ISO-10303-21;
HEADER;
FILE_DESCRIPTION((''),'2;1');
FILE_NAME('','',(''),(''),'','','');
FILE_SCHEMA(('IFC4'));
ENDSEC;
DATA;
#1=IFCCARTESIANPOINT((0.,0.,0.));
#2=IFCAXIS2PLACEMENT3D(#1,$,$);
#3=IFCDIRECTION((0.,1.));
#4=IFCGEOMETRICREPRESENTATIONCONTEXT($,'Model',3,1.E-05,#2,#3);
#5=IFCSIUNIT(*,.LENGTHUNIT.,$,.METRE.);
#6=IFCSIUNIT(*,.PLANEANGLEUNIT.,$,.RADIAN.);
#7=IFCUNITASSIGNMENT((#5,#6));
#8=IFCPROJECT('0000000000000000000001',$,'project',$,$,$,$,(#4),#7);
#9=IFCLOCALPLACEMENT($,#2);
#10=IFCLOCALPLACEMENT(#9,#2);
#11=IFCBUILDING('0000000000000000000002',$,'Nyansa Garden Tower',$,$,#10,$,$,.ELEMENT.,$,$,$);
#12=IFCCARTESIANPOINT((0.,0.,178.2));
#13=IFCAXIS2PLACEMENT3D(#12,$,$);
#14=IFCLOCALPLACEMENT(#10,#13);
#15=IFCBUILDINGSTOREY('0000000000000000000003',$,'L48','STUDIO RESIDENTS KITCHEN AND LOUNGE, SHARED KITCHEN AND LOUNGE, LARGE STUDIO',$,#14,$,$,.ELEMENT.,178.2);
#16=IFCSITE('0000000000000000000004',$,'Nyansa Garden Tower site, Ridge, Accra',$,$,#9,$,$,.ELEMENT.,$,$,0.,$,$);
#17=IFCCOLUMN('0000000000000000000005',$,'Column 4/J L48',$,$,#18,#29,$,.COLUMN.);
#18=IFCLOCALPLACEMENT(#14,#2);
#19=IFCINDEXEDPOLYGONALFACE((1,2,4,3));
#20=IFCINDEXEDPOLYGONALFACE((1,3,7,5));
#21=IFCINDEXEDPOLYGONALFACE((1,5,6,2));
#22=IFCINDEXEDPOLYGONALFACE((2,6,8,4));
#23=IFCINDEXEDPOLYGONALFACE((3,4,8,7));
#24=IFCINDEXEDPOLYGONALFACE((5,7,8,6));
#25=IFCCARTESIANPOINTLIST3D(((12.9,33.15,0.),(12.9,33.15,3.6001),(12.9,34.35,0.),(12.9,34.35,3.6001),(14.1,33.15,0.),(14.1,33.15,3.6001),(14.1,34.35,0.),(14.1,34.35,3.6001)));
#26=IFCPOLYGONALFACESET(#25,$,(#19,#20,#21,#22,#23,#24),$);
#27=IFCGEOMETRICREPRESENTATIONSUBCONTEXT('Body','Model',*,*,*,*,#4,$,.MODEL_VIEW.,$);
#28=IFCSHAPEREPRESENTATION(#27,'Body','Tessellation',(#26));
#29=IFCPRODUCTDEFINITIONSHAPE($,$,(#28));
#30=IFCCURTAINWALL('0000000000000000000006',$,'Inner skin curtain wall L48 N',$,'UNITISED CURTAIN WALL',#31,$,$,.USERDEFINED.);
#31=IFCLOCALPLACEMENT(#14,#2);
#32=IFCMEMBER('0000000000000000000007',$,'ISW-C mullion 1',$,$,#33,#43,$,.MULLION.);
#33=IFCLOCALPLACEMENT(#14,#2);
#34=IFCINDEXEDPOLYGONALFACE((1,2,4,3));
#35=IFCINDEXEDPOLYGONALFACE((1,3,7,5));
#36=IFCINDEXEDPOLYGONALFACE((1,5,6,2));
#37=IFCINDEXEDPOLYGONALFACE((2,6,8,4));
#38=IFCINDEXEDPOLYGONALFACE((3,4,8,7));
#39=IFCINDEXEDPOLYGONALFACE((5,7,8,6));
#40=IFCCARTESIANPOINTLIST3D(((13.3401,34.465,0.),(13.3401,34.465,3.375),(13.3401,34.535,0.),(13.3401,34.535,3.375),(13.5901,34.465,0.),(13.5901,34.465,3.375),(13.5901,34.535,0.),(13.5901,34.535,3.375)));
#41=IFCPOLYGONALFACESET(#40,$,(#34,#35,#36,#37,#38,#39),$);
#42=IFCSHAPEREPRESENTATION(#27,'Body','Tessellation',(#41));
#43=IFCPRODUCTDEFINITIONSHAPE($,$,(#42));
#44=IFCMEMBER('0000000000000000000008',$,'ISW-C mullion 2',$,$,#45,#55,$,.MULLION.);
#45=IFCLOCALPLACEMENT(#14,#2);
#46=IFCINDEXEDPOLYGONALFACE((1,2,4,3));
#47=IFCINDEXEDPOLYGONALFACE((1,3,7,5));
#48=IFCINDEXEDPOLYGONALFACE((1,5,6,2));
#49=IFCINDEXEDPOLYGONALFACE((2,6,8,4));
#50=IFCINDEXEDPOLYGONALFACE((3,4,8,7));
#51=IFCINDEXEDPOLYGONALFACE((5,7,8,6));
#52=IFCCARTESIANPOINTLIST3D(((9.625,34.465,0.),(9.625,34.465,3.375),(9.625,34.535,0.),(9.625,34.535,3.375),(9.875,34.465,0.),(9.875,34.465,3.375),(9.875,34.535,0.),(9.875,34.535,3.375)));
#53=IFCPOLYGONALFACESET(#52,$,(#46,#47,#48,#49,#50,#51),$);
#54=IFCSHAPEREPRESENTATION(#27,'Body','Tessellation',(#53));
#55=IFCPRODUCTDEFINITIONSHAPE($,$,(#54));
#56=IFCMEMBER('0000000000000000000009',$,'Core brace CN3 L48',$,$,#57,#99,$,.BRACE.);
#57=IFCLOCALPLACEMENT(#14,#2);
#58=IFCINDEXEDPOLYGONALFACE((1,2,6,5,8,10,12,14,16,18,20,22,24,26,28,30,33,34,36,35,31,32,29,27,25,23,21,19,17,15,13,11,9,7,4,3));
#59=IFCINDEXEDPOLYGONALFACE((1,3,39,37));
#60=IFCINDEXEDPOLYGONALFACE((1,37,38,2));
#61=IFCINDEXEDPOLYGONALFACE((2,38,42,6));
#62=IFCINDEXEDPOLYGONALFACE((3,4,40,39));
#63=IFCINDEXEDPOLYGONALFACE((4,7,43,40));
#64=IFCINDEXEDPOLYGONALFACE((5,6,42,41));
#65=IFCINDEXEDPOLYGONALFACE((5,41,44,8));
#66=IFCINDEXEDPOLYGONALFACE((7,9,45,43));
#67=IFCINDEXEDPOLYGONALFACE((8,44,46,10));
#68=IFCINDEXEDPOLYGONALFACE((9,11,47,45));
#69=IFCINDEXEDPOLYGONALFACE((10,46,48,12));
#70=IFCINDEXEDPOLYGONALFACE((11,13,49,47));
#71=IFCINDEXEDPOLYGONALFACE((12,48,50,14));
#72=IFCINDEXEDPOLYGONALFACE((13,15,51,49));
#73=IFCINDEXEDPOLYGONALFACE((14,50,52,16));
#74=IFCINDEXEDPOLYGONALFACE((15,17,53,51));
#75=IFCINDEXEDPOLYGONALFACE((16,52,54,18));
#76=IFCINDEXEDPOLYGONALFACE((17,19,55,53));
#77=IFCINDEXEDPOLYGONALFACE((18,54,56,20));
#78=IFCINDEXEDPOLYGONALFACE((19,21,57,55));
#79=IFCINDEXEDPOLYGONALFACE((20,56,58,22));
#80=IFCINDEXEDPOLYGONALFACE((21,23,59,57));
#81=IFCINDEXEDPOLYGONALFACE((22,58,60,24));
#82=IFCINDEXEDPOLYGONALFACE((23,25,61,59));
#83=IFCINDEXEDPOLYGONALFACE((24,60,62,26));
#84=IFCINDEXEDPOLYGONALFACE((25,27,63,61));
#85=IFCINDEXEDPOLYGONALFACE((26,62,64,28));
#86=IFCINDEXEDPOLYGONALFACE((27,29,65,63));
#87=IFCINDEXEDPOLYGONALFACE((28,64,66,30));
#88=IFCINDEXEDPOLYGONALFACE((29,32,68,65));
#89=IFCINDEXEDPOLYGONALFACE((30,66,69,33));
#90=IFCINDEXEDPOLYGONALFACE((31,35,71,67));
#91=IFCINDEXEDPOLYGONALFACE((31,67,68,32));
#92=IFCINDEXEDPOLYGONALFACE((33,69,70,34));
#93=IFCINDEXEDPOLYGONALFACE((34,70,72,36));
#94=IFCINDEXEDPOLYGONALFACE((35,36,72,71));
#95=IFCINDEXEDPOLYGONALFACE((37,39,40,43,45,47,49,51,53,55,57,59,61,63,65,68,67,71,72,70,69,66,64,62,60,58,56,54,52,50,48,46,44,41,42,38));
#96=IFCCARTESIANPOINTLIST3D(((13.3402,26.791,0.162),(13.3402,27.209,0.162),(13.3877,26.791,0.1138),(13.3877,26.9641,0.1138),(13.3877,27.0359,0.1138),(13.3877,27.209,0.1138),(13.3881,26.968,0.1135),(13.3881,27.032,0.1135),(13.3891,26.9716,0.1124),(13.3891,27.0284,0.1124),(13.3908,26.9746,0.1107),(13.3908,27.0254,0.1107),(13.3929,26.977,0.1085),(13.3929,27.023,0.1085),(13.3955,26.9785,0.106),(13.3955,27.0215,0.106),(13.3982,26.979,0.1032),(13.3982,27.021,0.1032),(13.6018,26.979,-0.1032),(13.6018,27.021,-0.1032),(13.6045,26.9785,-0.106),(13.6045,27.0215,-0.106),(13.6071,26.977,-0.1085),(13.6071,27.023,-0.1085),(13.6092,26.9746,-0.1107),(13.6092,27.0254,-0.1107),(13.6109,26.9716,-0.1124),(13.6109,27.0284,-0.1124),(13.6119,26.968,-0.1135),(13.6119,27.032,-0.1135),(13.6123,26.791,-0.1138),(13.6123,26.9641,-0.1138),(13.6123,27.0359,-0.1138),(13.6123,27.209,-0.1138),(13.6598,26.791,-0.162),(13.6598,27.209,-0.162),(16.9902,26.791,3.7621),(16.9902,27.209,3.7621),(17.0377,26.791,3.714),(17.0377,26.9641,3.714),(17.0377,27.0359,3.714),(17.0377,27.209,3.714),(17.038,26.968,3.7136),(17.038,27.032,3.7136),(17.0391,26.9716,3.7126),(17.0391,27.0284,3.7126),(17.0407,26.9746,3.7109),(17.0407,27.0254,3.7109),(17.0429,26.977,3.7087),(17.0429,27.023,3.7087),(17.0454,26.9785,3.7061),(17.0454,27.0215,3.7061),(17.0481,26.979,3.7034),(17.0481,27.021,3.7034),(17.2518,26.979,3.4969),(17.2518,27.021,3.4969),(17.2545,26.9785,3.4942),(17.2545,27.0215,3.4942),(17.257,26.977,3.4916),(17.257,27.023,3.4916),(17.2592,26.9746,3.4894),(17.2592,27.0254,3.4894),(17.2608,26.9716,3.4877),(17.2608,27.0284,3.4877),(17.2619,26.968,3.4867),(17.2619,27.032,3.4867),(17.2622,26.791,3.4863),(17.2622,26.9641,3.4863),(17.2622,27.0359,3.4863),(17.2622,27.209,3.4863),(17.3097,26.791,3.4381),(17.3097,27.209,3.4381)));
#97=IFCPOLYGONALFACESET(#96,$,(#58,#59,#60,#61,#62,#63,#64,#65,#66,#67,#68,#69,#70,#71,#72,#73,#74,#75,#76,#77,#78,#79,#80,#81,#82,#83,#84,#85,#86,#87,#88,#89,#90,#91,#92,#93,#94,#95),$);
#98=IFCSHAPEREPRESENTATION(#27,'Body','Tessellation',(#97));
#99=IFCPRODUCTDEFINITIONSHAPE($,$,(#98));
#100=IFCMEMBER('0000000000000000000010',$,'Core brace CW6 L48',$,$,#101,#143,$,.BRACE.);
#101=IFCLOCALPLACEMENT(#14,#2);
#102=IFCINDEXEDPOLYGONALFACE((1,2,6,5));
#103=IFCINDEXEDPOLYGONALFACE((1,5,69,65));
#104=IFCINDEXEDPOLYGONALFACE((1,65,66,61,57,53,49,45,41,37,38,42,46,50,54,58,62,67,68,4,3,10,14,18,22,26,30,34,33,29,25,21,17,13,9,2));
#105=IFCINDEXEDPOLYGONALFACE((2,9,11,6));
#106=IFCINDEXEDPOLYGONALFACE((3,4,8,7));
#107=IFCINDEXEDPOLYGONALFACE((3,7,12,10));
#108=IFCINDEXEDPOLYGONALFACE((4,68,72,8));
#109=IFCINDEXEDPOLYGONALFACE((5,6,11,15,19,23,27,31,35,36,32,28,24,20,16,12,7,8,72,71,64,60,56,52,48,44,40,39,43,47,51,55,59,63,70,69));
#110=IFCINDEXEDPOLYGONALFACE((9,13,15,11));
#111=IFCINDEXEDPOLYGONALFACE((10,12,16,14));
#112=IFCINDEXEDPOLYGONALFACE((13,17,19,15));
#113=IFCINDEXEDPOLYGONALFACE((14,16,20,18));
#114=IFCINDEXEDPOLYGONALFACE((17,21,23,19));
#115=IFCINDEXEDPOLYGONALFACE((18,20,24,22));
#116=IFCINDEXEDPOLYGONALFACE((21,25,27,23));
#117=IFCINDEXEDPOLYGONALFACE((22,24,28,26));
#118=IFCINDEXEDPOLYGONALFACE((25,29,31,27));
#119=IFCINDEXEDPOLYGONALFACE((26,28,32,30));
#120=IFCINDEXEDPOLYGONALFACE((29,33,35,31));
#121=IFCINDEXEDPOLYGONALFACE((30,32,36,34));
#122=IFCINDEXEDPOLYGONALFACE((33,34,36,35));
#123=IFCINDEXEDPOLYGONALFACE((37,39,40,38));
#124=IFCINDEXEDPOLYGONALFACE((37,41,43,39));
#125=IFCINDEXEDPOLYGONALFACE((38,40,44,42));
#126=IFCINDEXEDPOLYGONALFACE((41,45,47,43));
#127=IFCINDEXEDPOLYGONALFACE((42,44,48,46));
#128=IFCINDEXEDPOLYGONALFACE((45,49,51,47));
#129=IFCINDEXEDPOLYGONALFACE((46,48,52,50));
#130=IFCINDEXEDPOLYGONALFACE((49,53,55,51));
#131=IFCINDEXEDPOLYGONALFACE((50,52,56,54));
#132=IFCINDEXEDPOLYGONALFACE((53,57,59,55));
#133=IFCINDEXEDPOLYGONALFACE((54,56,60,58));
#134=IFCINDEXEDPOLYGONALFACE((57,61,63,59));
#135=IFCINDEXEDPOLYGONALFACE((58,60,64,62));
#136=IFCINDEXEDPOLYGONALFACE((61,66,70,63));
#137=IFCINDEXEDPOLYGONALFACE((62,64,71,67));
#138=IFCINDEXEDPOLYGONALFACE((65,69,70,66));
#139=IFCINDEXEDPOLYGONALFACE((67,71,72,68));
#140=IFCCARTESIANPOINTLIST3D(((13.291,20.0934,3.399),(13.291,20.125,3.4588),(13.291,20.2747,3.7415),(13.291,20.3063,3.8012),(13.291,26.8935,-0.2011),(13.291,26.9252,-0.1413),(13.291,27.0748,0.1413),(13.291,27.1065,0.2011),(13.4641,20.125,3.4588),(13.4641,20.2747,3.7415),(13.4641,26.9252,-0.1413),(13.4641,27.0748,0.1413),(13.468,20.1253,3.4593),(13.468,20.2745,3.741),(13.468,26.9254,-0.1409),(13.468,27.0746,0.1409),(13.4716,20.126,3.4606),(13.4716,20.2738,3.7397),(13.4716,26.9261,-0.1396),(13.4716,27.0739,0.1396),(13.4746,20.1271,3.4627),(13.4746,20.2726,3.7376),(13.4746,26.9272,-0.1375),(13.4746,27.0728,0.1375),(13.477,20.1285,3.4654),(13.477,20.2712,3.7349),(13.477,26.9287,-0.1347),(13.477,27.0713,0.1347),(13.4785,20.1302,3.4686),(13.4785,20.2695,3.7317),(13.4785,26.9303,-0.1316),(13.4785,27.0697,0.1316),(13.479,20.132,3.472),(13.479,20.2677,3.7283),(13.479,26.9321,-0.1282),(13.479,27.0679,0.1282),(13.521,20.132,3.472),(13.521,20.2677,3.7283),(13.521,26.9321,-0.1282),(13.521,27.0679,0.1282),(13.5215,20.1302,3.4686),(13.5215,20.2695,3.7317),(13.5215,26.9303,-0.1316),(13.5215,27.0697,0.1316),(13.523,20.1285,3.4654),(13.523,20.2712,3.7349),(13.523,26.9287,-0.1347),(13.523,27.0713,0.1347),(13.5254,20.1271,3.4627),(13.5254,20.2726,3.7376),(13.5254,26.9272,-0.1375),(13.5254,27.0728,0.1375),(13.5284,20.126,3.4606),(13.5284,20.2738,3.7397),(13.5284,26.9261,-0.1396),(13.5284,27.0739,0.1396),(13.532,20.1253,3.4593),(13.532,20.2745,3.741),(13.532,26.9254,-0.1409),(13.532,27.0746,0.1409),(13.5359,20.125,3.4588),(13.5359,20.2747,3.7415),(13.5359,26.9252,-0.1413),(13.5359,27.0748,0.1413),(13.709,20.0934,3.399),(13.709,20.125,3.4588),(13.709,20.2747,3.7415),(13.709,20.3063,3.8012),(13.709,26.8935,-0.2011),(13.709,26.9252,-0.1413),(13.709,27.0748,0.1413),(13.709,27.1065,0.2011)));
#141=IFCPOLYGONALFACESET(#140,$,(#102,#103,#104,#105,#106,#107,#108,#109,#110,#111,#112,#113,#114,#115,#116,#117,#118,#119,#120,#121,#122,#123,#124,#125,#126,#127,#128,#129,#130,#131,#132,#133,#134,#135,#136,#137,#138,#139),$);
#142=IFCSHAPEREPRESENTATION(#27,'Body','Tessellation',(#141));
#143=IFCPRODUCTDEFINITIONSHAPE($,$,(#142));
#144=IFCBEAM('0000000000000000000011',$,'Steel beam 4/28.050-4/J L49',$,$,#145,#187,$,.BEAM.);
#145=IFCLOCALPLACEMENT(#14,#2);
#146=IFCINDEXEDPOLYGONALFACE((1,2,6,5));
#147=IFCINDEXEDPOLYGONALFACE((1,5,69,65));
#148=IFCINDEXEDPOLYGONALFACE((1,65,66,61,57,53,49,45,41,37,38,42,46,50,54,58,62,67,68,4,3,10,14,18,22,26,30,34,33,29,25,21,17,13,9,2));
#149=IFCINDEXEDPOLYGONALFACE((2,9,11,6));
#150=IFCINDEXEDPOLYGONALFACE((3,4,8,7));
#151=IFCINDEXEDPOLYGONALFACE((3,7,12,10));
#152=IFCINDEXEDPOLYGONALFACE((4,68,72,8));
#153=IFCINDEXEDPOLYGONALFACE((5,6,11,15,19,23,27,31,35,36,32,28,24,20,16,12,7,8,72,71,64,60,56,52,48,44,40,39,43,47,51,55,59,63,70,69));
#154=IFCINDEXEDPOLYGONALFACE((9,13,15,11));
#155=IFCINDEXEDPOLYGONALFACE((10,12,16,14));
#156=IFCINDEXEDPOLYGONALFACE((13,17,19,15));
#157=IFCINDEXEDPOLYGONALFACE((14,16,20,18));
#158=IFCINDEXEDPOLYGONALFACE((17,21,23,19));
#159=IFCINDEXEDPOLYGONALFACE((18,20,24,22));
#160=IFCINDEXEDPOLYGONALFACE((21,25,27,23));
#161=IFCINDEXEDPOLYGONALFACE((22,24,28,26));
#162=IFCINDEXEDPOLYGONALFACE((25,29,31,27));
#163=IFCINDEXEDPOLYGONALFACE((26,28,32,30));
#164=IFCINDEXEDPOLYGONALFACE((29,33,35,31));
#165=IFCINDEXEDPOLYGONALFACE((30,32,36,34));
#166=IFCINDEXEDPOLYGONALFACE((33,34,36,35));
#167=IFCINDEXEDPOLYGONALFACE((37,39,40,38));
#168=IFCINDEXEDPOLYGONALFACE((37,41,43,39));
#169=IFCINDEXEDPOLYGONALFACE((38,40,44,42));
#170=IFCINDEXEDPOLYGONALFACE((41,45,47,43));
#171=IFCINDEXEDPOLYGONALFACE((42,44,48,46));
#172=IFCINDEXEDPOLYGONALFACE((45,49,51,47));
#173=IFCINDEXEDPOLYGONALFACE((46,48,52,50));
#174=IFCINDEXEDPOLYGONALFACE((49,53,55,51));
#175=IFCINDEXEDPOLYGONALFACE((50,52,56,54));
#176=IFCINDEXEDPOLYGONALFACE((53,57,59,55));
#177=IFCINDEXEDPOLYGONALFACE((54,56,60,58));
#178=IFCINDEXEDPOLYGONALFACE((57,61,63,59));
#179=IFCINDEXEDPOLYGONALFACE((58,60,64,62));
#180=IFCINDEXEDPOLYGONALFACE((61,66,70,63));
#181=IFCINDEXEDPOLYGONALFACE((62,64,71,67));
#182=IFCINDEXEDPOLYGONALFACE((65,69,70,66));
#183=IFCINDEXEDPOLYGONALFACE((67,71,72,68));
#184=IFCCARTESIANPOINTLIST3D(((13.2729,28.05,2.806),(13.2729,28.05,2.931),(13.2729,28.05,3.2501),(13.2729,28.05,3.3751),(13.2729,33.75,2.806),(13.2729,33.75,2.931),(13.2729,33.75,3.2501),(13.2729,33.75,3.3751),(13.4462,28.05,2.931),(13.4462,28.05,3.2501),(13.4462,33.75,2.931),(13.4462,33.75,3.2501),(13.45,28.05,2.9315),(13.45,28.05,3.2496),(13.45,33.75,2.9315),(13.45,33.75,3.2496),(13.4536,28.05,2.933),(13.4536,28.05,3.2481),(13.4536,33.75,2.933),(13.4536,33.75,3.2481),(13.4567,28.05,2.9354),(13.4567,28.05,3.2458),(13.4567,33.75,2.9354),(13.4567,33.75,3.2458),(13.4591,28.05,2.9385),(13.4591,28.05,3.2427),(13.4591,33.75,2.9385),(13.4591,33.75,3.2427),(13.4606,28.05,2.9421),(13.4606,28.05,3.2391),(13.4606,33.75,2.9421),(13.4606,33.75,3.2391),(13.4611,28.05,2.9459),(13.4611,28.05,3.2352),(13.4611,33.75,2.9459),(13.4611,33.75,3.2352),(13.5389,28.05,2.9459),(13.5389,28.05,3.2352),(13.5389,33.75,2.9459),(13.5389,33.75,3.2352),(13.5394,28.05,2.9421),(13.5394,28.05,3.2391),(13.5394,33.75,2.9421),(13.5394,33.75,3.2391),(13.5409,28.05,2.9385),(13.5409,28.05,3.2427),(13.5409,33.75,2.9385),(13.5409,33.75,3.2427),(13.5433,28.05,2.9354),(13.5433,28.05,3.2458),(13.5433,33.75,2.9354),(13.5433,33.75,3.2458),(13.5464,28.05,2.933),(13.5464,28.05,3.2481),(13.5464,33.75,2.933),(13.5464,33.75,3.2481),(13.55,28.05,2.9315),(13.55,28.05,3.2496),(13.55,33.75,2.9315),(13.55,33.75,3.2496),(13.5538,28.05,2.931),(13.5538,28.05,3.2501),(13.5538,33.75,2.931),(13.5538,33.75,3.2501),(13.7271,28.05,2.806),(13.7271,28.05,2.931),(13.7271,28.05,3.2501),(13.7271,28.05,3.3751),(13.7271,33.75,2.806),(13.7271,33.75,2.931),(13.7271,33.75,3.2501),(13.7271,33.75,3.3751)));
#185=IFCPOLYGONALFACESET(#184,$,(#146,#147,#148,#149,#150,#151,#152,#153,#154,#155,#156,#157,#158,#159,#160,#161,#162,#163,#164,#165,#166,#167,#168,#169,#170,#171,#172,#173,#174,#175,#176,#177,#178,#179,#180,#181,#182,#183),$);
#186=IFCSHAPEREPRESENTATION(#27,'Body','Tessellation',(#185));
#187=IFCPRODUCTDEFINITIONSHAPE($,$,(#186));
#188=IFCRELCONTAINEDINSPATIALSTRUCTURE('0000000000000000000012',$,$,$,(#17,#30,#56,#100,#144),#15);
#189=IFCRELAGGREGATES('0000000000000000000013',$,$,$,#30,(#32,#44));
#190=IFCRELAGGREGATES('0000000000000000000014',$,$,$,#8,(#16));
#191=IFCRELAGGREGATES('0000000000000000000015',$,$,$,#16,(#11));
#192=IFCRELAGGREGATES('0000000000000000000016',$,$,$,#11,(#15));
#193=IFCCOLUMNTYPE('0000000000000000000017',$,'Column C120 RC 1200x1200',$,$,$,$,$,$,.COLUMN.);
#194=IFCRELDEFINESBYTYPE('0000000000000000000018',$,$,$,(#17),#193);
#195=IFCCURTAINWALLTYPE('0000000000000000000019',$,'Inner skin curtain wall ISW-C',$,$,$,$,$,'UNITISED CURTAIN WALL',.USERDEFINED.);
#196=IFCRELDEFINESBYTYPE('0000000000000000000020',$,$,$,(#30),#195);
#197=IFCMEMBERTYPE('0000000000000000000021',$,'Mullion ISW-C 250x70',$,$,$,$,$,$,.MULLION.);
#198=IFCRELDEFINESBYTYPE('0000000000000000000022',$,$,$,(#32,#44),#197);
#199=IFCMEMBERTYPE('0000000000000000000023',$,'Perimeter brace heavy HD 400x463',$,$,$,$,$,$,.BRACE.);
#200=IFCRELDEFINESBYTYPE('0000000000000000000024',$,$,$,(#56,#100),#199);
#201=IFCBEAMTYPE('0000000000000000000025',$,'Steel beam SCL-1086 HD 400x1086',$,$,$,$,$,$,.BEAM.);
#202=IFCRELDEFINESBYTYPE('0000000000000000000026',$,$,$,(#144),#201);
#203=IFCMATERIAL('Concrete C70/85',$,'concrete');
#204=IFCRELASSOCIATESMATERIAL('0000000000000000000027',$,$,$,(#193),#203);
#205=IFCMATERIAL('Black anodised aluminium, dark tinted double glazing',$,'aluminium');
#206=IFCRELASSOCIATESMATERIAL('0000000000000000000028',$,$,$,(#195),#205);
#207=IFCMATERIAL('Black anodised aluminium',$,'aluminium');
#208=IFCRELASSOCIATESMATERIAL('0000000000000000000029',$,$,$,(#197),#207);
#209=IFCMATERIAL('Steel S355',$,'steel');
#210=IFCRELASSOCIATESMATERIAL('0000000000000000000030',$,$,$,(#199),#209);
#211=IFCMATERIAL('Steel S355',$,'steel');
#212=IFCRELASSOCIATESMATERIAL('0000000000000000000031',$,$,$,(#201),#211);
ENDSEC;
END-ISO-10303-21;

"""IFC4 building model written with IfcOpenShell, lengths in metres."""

from ifc_helpers import new_model, si_unit, direction, frame, origin, origin_2d, place, context, subcontext, project, spatial, rectangle, i_section, extrude, material, material_profile, profile_set, type_object, element, aggregate, save


model = new_model("IFC4")

# Units and contexts
model_context = context("Model", 3, precision=1e-05, world=origin(), true_north=direction((0.0, 1.0)))
body_context = subcontext(model_context, "Body", "Model", "MODEL_VIEW")
ifc_project = project(units=[si_unit("LENGTHUNIT", "METRE"), si_unit("PLANEANGLEUNIT", "RADIAN")], contexts=[model_context])

# Site, building, storey
site_placement = place(None, origin())
site = spatial("IfcSite", under=ifc_project, at=site_placement, Name="Nyansa Garden Tower site, Ridge, Accra", CompositionType="ELEMENT", RefElevation=0.0)
building_placement = place(site_placement, origin())
building = spatial("IfcBuilding", under=site, at=building_placement, Name="Nyansa Garden Tower", CompositionType="ELEMENT")
storey_placement = place(building_placement, frame((0.0, 0.0, 178.2)))
storey = spatial("IfcBuildingStorey", under=building, at=storey_placement, Name="L48", Description="STUDIO RESIDENTS KITCHEN AND LOUNGE, SHARED KITCHEN AND LOUNGE, LARGE STUDIO", CompositionType="ELEMENT", Elevation=178.2)

# Column
ifc_material_1 = material(Name="Concrete C70/85", Category="concrete")
ifc_material_profile_1 = material_profile(ifc_material_1, rectangle(XDim=1.2, YDim=1.2, at=origin_2d()), Name="RC 1200x1200")
ifc_profile_set_1 = profile_set([ifc_material_profile_1], Name="Concrete C70/85")
column_type = type_object("IfcColumnType", Name="Column C120 RC 1200x1200", PredefinedType="COLUMN", material=ifc_profile_set_1)
column_placement = place(storey_placement, frame((13.5, 33.75, 0.0), z_axis=(0.0, 0.0, 1.0), x_axis=(1.0, 0.0, 0.0)))
element("IfcColumn", 1, at=column_placement, inside=storey, type_object=column_type, Name="Column 4/J L48", PredefinedType="COLUMN", context=body_context, shape_type="SweptSolid", body=[
    extrude(rectangle(XDim=1.2, YDim=1.2, at=origin_2d()), origin(), (0.0, 0.0, 1.0), 3.6001),
])

# Curtain wall, members
ifc_material_2 = material(Name="Black anodised aluminium, dark tinted double glazing", Category="aluminium")
curtain_wall_type = type_object("IfcCurtainWallType", Name="Inner skin curtain wall ISW-C", ElementType="UNITISED CURTAIN WALL", PredefinedType="USERDEFINED", material=ifc_material_2)
curtain_wall_placement = place(storey_placement, origin())
curtain_wall = element("IfcCurtainWall", 2, at=curtain_wall_placement, inside=storey, type_object=curtain_wall_type, Name="Inner skin curtain wall L48 N", ObjectType="UNITISED CURTAIN WALL", PredefinedType="USERDEFINED")
ifc_material_3 = material(Name="Black anodised aluminium", Category="aluminium")
ifc_material_profile_2 = material_profile(ifc_material_3, rectangle(XDim=0.0701, YDim=0.25, at=origin_2d()), Name="Mullion 250x70")
ifc_profile_set_2 = profile_set([ifc_material_profile_2], Name="Black anodised aluminium")
member_type_1 = type_object("IfcMemberType", Name="Mullion ISW-C 250x70", PredefinedType="MULLION", material=ifc_profile_set_2)
member_1_placement = place(storey_placement, frame((13.4651, 34.5, 0.0), z_axis=(0.0, 0.0, 1.0), x_axis=(0.0, -1.0, 0.0)))
member_1 = element("IfcMember", 3, at=member_1_placement, type_object=member_type_1, Name="ISW-C mullion 1", PredefinedType="MULLION", context=body_context, shape_type="SweptSolid", body=[
    extrude(rectangle(XDim=0.0701, YDim=0.25, at=origin_2d()), origin(), (0.0, 0.0, 1.0), 3.375),
])
member_2_placement = place(storey_placement, frame((9.75, 34.5, 0.0), z_axis=(0.0, 0.0, 1.0), x_axis=(0.0, -1.0, 0.0)))
member_2 = element("IfcMember", 4, at=member_2_placement, type_object=member_type_1, Name="ISW-C mullion 2", PredefinedType="MULLION", context=body_context, shape_type="SweptSolid", body=[
    extrude(rectangle(XDim=0.0701, YDim=0.25, at=origin_2d()), origin(), (0.0, 0.0, 1.0), 3.375),
])

# Members
ifc_material_4 = material(Name="Steel S355", Category="steel")
ifc_material_profile_3 = material_profile(ifc_material_4, i_section(OverallWidth=0.418, OverallDepth=0.4551, WebThickness=0.042, FlangeThickness=0.0676, FilletRadius=0.0149, at=origin_2d()), Name="HD 400x463")
ifc_profile_set_3 = profile_set([ifc_material_profile_3], Name="Steel S355")
member_type_2 = type_object("IfcMemberType", Name="Perimeter brace heavy HD 400x463", PredefinedType="BRACE", material=ifc_profile_set_3)
member_3_placement = place(storey_placement, frame((13.5, 27.0, 0.0), z_axis=(0.711948, 0.0, 0.702233), x_axis=(0.0, 1.0, 0.0)))
element("IfcMember", 5, at=member_3_placement, inside=storey, type_object=member_type_2, Name="Core brace CN3 L48", PredefinedType="BRACE", context=body_context, shape_type="SweptSolid", body=[
    extrude(i_section(OverallWidth=0.418, OverallDepth=0.4551, WebThickness=0.042, FlangeThickness=0.0676, FilletRadius=0.0149, at=origin_2d()), origin(), (0.0, 0.0, 1.0), 5.1267),
])
member_4_placement = place(storey_placement, frame((13.5, 27.0, 0.0), z_axis=(0.0, -0.883784, 0.467895), x_axis=(1.0, 0.0, 0.0)))
element("IfcMember", 6, at=member_4_placement, inside=storey, type_object=member_type_2, Name="Core brace CW6 L48", PredefinedType="BRACE", context=body_context, shape_type="SweptSolid", body=[
    extrude(i_section(OverallWidth=0.418, OverallDepth=0.4551, WebThickness=0.042, FlangeThickness=0.0676, FilletRadius=0.0149, at=origin_2d()), origin(), (0.0, 0.0, 1.0), 7.6943),
])

# Beam
ifc_material_5 = material(Name="Steel S355", Category="steel")
ifc_material_profile_4 = material_profile(ifc_material_5, i_section(OverallWidth=0.4541, OverallDepth=0.5691, WebThickness=0.0779, FlangeThickness=0.125, FilletRadius=0.0149, at=origin_2d()), Name="HD 400x1086")
ifc_profile_set_4 = profile_set([ifc_material_profile_4], Name="Steel S355")
beam_type_1 = type_object("IfcBeamType", Name="Steel beam SCL-1086 HD 400x1086", PredefinedType="BEAM", material=ifc_profile_set_4)
beam_1_placement = place(storey_placement, frame((13.5, 28.05, 3.0906), z_axis=(0.0, 1.0, 0.0), x_axis=(-1.0, 0.0, 0.0)))
element("IfcBeam", 7, at=beam_1_placement, inside=storey, type_object=beam_type_1, Name="Steel beam 4/28.050-4/J L49", PredefinedType="BEAM", context=body_context, shape_type="SweptSolid", body=[
    extrude(i_section(OverallWidth=0.4541, OverallDepth=0.5691, WebThickness=0.0779, FlangeThickness=0.125, FilletRadius=0.0149, at=origin_2d()), origin(), (0.0, 0.0, 1.0), 5.7),
])

aggregate(curtain_wall, [member_1, member_2])

save(model, "model.ifc")
